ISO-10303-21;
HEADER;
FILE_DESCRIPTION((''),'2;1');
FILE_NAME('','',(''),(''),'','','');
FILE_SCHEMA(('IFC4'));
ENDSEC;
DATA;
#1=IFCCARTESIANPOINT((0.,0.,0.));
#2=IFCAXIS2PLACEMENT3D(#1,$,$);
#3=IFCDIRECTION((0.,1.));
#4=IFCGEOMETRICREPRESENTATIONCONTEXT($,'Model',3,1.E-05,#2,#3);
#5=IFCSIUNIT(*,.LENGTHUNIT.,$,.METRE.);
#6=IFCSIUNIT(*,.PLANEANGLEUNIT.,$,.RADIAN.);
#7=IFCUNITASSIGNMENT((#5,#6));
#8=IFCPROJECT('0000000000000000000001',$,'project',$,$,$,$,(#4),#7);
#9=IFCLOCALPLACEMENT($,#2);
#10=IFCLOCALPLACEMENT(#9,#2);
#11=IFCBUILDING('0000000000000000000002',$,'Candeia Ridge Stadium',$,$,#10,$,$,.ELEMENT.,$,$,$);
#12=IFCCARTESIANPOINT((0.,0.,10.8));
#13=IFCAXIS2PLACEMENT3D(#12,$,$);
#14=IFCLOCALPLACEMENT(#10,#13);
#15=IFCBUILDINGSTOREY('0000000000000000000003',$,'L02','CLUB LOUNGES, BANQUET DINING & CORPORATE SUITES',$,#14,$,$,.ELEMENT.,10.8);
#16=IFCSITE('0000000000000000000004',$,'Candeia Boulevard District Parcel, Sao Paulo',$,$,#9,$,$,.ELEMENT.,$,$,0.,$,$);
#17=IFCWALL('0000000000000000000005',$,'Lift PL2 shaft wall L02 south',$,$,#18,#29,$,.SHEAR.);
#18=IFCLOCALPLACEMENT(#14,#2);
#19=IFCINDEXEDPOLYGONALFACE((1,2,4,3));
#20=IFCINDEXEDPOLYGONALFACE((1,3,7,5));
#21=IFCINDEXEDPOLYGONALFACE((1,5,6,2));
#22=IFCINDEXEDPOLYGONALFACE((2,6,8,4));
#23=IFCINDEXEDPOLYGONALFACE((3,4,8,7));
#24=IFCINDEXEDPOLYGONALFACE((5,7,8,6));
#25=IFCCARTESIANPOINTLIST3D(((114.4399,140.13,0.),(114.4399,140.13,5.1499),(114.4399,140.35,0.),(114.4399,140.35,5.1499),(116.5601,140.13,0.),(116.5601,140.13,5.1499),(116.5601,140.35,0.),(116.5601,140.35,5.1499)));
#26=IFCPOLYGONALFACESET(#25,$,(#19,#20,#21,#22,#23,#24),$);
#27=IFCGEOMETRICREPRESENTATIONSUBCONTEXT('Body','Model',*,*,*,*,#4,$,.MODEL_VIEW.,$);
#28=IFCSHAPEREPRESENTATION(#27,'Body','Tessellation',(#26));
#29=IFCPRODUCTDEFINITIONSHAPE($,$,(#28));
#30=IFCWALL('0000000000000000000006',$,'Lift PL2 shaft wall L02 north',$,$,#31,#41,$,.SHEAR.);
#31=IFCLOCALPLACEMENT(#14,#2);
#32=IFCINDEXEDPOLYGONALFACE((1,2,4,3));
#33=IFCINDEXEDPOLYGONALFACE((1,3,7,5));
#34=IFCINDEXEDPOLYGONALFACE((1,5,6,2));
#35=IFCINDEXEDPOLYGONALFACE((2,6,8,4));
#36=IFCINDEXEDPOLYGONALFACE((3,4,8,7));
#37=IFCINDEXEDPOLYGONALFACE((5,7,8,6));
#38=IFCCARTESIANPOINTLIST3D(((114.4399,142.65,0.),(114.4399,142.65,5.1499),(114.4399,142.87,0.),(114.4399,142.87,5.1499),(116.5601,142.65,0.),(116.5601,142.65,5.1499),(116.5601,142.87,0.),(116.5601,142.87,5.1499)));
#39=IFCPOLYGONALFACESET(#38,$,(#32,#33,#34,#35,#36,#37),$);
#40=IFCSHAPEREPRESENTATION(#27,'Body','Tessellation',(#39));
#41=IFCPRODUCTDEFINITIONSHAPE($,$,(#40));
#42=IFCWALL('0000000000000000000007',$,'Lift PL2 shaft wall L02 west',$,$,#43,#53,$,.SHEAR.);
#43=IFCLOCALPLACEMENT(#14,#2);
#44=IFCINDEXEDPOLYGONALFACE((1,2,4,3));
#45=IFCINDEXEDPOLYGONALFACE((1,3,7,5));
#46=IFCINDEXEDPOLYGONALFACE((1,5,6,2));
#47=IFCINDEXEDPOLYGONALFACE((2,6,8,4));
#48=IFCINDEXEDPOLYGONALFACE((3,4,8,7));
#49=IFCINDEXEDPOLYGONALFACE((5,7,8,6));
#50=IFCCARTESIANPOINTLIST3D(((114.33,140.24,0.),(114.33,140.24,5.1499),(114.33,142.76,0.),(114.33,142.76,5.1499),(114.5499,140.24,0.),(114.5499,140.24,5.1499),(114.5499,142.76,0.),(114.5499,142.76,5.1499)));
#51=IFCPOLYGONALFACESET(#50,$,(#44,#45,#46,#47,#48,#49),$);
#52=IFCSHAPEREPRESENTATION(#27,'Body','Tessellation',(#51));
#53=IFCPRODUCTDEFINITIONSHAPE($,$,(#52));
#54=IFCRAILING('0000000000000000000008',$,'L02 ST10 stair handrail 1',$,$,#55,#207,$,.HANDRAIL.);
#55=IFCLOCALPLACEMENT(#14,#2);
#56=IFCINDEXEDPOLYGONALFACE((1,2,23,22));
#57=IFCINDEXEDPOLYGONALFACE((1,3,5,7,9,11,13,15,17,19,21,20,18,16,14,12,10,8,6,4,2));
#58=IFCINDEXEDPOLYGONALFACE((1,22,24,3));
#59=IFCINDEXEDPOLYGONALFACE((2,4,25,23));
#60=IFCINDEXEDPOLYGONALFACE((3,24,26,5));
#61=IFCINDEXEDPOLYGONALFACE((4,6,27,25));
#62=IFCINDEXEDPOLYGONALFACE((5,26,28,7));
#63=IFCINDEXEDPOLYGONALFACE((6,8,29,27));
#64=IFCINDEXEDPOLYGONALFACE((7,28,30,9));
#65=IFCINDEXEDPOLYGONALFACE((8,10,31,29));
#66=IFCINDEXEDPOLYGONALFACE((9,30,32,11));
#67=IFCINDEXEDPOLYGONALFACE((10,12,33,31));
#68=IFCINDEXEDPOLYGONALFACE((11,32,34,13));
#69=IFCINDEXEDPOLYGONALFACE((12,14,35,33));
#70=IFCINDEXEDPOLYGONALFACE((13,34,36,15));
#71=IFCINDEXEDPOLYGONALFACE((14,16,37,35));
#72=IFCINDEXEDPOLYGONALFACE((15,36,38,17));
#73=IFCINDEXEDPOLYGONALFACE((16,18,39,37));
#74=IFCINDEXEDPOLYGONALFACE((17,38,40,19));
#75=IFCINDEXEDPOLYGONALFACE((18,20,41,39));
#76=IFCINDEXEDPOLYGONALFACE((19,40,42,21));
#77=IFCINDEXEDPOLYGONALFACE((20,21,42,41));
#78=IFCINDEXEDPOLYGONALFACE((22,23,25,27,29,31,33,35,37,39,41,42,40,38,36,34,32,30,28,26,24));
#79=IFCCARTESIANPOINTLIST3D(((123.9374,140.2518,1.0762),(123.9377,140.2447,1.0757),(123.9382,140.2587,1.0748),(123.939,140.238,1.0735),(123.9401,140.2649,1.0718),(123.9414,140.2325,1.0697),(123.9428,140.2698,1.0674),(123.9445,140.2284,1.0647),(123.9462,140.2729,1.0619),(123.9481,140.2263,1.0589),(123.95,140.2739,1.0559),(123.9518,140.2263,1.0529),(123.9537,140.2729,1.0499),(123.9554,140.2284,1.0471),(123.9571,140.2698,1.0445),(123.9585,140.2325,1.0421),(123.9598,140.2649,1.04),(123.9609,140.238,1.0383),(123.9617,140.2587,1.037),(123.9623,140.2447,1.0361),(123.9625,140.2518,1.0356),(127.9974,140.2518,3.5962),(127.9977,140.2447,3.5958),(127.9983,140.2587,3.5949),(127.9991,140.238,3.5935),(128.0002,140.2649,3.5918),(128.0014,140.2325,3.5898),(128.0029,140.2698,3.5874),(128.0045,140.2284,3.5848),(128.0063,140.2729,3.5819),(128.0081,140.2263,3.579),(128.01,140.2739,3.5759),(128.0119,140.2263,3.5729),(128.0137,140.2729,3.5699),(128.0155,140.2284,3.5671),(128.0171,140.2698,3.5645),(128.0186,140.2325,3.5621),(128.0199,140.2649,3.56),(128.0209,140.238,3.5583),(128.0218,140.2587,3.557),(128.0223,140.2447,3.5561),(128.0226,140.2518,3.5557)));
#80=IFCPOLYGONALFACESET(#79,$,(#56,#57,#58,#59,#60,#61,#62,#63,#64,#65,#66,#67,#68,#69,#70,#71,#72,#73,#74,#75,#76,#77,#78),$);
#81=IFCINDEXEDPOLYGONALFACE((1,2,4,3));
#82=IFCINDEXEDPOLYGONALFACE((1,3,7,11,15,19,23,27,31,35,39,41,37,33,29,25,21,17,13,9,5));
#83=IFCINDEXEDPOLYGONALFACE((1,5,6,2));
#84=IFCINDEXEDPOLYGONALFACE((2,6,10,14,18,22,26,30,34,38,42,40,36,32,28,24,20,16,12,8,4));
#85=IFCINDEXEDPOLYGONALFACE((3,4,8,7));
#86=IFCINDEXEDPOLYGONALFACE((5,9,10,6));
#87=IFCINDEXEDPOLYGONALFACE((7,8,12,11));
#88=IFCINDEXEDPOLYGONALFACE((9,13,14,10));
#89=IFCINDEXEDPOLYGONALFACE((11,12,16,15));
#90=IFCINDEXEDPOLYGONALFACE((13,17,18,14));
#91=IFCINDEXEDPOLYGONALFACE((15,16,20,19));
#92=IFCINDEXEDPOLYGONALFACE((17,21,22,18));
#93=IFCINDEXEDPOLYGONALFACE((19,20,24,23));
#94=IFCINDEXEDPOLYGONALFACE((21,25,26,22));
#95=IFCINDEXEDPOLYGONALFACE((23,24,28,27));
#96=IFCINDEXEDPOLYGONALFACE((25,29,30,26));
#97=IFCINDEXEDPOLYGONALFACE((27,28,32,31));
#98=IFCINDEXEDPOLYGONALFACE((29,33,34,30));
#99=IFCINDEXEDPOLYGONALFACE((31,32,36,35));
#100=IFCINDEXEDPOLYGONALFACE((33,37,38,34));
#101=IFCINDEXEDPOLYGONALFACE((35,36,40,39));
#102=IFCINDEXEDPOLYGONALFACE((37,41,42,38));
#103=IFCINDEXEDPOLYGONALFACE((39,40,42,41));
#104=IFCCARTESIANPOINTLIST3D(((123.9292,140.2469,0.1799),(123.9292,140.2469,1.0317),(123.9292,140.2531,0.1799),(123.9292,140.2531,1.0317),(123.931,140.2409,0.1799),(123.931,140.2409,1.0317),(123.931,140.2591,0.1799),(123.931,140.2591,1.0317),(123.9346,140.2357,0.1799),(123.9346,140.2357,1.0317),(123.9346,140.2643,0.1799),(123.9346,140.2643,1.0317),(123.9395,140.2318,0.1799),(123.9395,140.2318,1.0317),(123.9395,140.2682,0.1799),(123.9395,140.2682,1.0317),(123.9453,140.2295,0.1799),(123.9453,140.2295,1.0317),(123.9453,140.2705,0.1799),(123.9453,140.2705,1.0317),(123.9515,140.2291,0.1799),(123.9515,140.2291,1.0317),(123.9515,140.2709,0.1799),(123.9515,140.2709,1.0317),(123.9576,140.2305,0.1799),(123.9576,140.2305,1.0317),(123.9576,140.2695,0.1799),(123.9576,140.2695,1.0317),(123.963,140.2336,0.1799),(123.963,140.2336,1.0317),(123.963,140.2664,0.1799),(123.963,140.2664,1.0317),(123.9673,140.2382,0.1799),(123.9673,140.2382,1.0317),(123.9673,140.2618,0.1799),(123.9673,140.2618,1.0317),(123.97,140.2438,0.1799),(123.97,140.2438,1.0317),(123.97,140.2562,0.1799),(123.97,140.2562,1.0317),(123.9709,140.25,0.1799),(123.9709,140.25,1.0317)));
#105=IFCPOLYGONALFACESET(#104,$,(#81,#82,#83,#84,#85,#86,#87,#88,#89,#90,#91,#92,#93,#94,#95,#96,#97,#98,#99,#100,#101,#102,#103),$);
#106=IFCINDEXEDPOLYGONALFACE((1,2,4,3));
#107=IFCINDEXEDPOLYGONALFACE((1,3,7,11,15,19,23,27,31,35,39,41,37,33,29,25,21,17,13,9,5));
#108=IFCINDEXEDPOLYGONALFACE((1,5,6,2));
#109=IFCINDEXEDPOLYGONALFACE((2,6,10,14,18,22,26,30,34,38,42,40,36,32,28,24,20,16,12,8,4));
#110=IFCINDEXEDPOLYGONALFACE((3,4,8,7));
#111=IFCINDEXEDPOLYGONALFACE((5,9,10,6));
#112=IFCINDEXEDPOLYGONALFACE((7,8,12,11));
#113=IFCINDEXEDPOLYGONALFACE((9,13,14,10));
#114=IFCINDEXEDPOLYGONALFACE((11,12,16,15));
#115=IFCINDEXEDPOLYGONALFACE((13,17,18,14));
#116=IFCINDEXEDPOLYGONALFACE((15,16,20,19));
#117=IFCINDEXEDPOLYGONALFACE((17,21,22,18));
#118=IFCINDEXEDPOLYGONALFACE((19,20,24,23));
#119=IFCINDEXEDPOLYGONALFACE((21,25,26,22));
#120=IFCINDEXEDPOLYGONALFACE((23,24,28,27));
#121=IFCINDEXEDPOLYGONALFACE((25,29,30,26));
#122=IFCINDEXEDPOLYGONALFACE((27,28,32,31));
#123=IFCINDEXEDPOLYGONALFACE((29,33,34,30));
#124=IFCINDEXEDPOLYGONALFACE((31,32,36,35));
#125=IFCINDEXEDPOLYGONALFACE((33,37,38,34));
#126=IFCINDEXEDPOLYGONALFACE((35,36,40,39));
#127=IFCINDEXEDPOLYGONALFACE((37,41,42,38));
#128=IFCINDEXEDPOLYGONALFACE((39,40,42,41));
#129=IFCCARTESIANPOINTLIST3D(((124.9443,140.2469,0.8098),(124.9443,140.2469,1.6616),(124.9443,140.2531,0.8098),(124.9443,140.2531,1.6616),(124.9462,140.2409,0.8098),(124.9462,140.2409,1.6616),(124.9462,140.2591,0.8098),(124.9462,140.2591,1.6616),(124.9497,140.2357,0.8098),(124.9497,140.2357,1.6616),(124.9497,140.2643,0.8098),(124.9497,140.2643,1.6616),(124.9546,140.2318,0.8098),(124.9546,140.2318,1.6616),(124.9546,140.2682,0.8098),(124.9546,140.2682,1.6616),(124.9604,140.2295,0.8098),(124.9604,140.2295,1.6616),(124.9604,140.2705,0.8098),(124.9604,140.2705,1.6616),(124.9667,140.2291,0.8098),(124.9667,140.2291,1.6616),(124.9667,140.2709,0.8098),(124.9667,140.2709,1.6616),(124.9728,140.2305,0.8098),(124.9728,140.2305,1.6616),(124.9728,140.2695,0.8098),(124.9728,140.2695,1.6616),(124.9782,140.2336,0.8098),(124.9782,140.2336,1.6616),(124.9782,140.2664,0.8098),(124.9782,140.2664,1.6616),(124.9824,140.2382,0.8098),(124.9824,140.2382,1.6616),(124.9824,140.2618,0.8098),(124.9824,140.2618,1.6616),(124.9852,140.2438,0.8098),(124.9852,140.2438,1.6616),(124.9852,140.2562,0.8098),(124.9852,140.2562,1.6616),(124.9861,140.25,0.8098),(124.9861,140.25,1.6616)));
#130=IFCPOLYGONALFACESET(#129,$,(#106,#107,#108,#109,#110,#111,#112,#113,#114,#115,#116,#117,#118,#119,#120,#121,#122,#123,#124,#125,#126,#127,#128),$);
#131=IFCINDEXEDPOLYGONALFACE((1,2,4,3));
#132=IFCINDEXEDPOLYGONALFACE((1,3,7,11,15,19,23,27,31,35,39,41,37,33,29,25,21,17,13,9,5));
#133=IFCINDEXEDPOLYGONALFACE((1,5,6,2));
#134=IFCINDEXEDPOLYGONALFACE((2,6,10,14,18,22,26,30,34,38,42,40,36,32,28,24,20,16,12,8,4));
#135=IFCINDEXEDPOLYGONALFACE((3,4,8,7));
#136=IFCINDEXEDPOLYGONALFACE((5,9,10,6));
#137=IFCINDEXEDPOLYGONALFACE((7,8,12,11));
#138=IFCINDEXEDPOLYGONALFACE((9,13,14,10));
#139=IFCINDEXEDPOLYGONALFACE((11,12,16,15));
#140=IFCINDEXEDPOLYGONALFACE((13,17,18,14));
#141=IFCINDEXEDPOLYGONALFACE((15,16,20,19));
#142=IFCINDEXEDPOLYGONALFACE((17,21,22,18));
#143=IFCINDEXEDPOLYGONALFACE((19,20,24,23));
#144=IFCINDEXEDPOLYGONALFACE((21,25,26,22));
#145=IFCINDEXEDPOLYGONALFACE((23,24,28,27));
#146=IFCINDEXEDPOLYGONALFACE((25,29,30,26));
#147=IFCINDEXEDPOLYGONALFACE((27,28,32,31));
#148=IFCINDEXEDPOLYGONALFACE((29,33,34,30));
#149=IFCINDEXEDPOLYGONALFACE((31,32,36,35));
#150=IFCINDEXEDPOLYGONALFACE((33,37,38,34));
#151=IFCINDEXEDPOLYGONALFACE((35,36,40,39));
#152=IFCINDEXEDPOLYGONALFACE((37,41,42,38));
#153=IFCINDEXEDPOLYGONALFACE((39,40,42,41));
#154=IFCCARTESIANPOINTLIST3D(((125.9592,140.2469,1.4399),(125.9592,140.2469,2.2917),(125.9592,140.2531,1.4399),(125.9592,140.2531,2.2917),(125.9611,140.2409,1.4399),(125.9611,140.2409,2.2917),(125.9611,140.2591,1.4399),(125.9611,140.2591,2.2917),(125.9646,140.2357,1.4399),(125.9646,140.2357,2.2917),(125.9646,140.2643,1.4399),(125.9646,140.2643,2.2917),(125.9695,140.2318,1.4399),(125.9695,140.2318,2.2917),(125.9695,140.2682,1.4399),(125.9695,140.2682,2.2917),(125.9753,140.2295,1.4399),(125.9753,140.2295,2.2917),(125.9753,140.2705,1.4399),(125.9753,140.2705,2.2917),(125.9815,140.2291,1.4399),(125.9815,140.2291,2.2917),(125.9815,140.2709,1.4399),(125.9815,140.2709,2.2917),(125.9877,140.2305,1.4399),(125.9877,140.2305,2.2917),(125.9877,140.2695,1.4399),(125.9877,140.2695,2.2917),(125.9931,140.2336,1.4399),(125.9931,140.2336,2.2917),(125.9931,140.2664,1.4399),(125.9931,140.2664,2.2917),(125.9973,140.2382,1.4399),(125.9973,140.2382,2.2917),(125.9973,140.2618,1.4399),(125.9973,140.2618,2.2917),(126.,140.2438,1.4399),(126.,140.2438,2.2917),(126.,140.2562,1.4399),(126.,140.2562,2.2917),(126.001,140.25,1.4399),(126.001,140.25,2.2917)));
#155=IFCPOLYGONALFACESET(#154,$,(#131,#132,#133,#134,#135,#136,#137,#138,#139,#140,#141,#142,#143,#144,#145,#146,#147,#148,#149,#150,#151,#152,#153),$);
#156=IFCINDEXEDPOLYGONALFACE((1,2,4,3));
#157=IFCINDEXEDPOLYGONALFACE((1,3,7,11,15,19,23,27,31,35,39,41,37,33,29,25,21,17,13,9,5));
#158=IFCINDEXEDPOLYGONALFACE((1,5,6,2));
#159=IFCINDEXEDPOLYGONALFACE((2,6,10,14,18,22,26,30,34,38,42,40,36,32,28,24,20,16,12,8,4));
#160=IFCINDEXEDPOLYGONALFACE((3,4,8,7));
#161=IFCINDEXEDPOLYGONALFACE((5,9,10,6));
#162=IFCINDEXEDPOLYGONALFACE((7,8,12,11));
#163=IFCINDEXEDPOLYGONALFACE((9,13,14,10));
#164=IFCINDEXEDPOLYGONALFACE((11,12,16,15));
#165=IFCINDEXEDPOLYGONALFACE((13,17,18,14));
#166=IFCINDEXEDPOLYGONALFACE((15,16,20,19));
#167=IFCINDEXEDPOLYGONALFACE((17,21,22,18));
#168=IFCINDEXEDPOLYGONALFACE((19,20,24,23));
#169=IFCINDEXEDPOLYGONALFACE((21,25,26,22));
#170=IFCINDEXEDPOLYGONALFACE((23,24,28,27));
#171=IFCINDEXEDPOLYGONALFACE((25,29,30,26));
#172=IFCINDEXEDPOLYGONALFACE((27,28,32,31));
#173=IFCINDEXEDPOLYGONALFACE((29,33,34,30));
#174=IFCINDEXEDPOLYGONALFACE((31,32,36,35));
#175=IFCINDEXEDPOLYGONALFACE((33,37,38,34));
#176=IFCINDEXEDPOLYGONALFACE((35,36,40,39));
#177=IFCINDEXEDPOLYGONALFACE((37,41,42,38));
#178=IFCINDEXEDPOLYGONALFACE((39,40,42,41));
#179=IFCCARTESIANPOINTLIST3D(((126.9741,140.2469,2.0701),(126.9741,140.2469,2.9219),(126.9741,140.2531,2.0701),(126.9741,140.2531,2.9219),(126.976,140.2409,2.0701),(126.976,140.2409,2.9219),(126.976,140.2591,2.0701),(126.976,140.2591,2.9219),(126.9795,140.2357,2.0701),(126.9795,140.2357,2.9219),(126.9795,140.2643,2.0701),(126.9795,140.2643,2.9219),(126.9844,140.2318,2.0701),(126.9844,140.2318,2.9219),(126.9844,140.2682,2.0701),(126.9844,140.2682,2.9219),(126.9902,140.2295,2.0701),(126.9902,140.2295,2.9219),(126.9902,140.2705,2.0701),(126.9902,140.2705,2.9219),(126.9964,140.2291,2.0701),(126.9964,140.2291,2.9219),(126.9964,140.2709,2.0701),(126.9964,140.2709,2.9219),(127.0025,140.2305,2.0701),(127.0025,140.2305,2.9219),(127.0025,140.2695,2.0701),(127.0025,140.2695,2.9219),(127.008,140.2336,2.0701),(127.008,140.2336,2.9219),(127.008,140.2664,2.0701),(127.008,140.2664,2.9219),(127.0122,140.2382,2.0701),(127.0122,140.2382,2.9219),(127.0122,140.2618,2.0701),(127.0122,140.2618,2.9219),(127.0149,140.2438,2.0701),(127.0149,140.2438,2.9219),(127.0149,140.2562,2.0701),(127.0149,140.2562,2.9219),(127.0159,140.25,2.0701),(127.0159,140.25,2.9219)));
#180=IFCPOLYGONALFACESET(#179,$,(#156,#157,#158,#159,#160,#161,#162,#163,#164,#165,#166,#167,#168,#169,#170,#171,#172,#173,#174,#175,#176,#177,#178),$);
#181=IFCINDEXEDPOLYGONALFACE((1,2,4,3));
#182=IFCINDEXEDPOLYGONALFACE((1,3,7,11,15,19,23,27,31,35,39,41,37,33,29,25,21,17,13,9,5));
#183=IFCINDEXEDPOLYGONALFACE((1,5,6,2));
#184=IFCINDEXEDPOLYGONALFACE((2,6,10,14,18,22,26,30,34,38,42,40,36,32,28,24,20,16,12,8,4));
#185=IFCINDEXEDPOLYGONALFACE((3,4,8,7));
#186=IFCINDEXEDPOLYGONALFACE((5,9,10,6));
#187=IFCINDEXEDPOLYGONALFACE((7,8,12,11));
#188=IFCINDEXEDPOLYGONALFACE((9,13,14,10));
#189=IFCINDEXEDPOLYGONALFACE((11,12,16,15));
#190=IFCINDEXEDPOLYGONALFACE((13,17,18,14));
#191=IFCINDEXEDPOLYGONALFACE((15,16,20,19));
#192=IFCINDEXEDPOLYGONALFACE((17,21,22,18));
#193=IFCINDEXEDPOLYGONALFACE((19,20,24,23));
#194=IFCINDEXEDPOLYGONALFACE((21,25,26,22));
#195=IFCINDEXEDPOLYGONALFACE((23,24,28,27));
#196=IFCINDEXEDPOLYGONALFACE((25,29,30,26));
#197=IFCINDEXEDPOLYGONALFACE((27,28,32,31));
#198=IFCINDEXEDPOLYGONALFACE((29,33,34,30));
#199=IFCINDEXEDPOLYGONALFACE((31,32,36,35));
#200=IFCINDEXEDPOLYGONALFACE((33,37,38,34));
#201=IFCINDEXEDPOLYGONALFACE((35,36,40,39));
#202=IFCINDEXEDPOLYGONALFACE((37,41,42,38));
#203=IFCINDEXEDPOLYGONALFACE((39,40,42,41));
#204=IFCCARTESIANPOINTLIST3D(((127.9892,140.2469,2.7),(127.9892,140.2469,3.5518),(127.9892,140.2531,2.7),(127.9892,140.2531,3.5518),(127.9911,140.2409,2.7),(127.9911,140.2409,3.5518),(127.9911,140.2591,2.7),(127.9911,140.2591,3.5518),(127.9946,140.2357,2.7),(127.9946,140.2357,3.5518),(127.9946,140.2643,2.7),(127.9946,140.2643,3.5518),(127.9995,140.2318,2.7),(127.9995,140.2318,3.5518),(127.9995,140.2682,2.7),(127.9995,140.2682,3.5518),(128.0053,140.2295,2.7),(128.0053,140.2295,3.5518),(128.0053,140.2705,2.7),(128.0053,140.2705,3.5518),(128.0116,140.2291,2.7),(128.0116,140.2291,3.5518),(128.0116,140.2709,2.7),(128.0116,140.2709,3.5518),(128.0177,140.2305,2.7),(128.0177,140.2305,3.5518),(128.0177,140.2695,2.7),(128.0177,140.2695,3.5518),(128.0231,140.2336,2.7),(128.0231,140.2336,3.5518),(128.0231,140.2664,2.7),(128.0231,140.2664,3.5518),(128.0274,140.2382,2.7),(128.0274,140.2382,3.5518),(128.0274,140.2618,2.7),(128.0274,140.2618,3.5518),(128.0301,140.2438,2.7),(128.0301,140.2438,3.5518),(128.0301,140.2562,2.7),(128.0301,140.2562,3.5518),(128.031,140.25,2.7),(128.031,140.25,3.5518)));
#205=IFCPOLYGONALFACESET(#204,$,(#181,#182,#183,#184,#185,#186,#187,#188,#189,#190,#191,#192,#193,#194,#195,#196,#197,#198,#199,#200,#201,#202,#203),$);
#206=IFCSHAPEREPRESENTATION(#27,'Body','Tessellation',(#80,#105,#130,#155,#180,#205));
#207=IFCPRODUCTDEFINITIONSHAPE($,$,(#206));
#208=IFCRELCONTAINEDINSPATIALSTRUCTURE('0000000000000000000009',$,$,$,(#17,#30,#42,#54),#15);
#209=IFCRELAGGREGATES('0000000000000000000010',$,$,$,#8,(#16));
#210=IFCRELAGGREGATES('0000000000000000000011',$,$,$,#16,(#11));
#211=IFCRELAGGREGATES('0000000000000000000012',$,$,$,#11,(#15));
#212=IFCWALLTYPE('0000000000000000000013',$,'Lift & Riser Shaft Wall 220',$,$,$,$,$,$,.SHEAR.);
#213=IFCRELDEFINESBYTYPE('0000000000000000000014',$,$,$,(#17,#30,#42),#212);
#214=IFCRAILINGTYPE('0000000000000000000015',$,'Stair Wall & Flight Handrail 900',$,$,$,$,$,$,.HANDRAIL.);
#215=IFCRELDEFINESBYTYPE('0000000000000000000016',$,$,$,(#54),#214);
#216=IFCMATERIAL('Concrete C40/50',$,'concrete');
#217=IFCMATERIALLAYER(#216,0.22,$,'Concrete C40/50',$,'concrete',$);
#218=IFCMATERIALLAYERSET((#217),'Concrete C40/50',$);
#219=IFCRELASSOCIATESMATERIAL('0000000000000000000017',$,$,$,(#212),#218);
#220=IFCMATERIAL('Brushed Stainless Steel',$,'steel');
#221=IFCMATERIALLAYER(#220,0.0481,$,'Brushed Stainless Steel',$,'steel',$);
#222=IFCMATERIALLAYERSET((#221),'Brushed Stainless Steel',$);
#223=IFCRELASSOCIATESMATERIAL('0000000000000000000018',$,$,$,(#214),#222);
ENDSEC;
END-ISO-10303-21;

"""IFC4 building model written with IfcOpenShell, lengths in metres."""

from ifc_helpers import new_model, si_unit, direction, frame, frame_2d, origin, origin_2d, place, context, subcontext, project, spatial, rectangle, circle, extrude, material, layer, layer_set, type_object, element, save


model = new_model("IFC4")

# Units and contexts
model_context = context("Model", 3, precision=1e-05, world=origin(), true_north=direction((0.0, 1.0)))
body_context = subcontext(model_context, "Body", "Model", "MODEL_VIEW")
ifc_project = project(units=[si_unit("LENGTHUNIT", "METRE"), si_unit("PLANEANGLEUNIT", "RADIAN")], contexts=[model_context])

# Site, building, storey
site_placement = place(None, origin())
site = spatial("IfcSite", under=ifc_project, at=site_placement, Name="Candeia Boulevard District Parcel, Sao Paulo", CompositionType="ELEMENT", RefElevation=0.0)
building_placement = place(site_placement, origin())
building = spatial("IfcBuilding", under=site, at=building_placement, Name="Candeia Ridge Stadium", CompositionType="ELEMENT")
storey_placement = place(building_placement, frame((0.0, 0.0, 10.8)))
storey = spatial("IfcBuildingStorey", under=building, at=storey_placement, Name="L02", Description="CLUB LOUNGES, BANQUET DINING & CORPORATE SUITES", CompositionType="ELEMENT", Elevation=10.8)

# Shared definitions
ifc_material_1 = material(Name="Concrete C40/50", Category="concrete")

# Wall
ifc_layer_1 = layer(ifc_material_1, 0.22, Name="Concrete C40/50", Category="concrete")
ifc_layer_set_1 = layer_set([ifc_layer_1], Name="Concrete C40/50")
wall_type_1 = type_object("IfcWallType", Name="Lift & Riser Shaft Wall 220", PredefinedType="SHEAR", material=ifc_layer_set_1)
wall_1_placement = place(storey_placement, frame((114.4399, 140.24, 0.0), z_axis=(0.0, 0.0, 1.0), x_axis=(1.0, 0.0, 0.0)))
element("IfcWall", 1, at=wall_1_placement, inside=storey, type_object=wall_type_1, Name="Lift PL2 shaft wall L02 south", PredefinedType="SHEAR", context=body_context, shape_type="SweptSolid", body=[
    extrude(rectangle(XDim=2.1201, YDim=0.22, at=frame_2d((1.0601, 0.0))), origin(), (0.0, 0.0, 1.0), 5.1499),
])

# Shared definitions
ifc_material_2 = material(Name="Brushed Stainless Steel", Category="steel")

# Walls
wall_2_placement = place(storey_placement, frame((116.5601, 142.76, 0.0), z_axis=(0.0, 0.0, 1.0), x_axis=(-1.0, 0.0, 0.0)))
element("IfcWall", 2, at=wall_2_placement, inside=storey, type_object=wall_type_1, Name="Lift PL2 shaft wall L02 north", PredefinedType="SHEAR", context=body_context, shape_type="SweptSolid", body=[
    extrude(rectangle(XDim=2.1201, YDim=0.22, at=frame_2d((1.0601, 0.0))), origin(), (0.0, 0.0, 1.0), 5.1499),
])
wall_3_placement = place(storey_placement, frame((114.4399, 142.76, 0.0), z_axis=(0.0, 0.0, 1.0), x_axis=(0.0, -1.0, 0.0)))
element("IfcWall", 3, at=wall_3_placement, inside=storey, type_object=wall_type_1, Name="Lift PL2 shaft wall L02 west", PredefinedType="SHEAR", context=body_context, shape_type="SweptSolid", body=[
    extrude(rectangle(XDim=2.52, YDim=0.22, at=frame_2d((1.26, 0.0))), origin(), (0.0, 0.0, 1.0), 5.1499),
])

# Railing
ifc_layer_2 = layer(ifc_material_2, 0.0481, Name="Brushed Stainless Steel", Category="steel")
ifc_layer_set_2 = layer_set([ifc_layer_2], Name="Brushed Stainless Steel")
railing_type_1 = type_object("IfcRailingType", Name="Stair Wall & Flight Handrail 900", PredefinedType="HANDRAIL", material=ifc_layer_set_2)
railing_1_placement = place(storey_placement, frame((123.95, 140.25, 0.1799)))
element("IfcRailing", 4, at=railing_1_placement, inside=storey, type_object=railing_type_1, Name="L02 ST10 stair handrail 1", PredefinedType="HANDRAIL", context=body_context, shape_type="SweptSolid", body=[
    extrude(circle(Radius=0.0239, at=origin_2d()), frame((0.0, 0.0, 0.876), z_axis=(0.849642, 0.0, 0.52736), x_axis=(0.0, 1.0, 0.0)), (0.0, 0.0, 1.0), 4.7786),
    extrude(circle(Radius=0.021, at=origin_2d()), origin(), (0.0, 0.0, 1.0), 0.8518),
    extrude(circle(Radius=0.021, at=origin_2d()), frame((1.0151, 0.0, 0.6299)), (0.0, 0.0, 1.0), 0.8518),
    extrude(circle(Radius=0.021, at=origin_2d()), frame((2.03, 0.0, 1.26)), (0.0, 0.0, 1.0), 0.8518),
    extrude(circle(Radius=0.021, at=origin_2d()), frame((3.0449, 0.0, 1.8901)), (0.0, 0.0, 1.0), 0.8518),
    extrude(circle(Radius=0.021, at=origin_2d()), frame((4.0601, 0.0, 2.52)), (0.0, 0.0, 1.0), 0.8518),
])

save(model, "model.ifc")
